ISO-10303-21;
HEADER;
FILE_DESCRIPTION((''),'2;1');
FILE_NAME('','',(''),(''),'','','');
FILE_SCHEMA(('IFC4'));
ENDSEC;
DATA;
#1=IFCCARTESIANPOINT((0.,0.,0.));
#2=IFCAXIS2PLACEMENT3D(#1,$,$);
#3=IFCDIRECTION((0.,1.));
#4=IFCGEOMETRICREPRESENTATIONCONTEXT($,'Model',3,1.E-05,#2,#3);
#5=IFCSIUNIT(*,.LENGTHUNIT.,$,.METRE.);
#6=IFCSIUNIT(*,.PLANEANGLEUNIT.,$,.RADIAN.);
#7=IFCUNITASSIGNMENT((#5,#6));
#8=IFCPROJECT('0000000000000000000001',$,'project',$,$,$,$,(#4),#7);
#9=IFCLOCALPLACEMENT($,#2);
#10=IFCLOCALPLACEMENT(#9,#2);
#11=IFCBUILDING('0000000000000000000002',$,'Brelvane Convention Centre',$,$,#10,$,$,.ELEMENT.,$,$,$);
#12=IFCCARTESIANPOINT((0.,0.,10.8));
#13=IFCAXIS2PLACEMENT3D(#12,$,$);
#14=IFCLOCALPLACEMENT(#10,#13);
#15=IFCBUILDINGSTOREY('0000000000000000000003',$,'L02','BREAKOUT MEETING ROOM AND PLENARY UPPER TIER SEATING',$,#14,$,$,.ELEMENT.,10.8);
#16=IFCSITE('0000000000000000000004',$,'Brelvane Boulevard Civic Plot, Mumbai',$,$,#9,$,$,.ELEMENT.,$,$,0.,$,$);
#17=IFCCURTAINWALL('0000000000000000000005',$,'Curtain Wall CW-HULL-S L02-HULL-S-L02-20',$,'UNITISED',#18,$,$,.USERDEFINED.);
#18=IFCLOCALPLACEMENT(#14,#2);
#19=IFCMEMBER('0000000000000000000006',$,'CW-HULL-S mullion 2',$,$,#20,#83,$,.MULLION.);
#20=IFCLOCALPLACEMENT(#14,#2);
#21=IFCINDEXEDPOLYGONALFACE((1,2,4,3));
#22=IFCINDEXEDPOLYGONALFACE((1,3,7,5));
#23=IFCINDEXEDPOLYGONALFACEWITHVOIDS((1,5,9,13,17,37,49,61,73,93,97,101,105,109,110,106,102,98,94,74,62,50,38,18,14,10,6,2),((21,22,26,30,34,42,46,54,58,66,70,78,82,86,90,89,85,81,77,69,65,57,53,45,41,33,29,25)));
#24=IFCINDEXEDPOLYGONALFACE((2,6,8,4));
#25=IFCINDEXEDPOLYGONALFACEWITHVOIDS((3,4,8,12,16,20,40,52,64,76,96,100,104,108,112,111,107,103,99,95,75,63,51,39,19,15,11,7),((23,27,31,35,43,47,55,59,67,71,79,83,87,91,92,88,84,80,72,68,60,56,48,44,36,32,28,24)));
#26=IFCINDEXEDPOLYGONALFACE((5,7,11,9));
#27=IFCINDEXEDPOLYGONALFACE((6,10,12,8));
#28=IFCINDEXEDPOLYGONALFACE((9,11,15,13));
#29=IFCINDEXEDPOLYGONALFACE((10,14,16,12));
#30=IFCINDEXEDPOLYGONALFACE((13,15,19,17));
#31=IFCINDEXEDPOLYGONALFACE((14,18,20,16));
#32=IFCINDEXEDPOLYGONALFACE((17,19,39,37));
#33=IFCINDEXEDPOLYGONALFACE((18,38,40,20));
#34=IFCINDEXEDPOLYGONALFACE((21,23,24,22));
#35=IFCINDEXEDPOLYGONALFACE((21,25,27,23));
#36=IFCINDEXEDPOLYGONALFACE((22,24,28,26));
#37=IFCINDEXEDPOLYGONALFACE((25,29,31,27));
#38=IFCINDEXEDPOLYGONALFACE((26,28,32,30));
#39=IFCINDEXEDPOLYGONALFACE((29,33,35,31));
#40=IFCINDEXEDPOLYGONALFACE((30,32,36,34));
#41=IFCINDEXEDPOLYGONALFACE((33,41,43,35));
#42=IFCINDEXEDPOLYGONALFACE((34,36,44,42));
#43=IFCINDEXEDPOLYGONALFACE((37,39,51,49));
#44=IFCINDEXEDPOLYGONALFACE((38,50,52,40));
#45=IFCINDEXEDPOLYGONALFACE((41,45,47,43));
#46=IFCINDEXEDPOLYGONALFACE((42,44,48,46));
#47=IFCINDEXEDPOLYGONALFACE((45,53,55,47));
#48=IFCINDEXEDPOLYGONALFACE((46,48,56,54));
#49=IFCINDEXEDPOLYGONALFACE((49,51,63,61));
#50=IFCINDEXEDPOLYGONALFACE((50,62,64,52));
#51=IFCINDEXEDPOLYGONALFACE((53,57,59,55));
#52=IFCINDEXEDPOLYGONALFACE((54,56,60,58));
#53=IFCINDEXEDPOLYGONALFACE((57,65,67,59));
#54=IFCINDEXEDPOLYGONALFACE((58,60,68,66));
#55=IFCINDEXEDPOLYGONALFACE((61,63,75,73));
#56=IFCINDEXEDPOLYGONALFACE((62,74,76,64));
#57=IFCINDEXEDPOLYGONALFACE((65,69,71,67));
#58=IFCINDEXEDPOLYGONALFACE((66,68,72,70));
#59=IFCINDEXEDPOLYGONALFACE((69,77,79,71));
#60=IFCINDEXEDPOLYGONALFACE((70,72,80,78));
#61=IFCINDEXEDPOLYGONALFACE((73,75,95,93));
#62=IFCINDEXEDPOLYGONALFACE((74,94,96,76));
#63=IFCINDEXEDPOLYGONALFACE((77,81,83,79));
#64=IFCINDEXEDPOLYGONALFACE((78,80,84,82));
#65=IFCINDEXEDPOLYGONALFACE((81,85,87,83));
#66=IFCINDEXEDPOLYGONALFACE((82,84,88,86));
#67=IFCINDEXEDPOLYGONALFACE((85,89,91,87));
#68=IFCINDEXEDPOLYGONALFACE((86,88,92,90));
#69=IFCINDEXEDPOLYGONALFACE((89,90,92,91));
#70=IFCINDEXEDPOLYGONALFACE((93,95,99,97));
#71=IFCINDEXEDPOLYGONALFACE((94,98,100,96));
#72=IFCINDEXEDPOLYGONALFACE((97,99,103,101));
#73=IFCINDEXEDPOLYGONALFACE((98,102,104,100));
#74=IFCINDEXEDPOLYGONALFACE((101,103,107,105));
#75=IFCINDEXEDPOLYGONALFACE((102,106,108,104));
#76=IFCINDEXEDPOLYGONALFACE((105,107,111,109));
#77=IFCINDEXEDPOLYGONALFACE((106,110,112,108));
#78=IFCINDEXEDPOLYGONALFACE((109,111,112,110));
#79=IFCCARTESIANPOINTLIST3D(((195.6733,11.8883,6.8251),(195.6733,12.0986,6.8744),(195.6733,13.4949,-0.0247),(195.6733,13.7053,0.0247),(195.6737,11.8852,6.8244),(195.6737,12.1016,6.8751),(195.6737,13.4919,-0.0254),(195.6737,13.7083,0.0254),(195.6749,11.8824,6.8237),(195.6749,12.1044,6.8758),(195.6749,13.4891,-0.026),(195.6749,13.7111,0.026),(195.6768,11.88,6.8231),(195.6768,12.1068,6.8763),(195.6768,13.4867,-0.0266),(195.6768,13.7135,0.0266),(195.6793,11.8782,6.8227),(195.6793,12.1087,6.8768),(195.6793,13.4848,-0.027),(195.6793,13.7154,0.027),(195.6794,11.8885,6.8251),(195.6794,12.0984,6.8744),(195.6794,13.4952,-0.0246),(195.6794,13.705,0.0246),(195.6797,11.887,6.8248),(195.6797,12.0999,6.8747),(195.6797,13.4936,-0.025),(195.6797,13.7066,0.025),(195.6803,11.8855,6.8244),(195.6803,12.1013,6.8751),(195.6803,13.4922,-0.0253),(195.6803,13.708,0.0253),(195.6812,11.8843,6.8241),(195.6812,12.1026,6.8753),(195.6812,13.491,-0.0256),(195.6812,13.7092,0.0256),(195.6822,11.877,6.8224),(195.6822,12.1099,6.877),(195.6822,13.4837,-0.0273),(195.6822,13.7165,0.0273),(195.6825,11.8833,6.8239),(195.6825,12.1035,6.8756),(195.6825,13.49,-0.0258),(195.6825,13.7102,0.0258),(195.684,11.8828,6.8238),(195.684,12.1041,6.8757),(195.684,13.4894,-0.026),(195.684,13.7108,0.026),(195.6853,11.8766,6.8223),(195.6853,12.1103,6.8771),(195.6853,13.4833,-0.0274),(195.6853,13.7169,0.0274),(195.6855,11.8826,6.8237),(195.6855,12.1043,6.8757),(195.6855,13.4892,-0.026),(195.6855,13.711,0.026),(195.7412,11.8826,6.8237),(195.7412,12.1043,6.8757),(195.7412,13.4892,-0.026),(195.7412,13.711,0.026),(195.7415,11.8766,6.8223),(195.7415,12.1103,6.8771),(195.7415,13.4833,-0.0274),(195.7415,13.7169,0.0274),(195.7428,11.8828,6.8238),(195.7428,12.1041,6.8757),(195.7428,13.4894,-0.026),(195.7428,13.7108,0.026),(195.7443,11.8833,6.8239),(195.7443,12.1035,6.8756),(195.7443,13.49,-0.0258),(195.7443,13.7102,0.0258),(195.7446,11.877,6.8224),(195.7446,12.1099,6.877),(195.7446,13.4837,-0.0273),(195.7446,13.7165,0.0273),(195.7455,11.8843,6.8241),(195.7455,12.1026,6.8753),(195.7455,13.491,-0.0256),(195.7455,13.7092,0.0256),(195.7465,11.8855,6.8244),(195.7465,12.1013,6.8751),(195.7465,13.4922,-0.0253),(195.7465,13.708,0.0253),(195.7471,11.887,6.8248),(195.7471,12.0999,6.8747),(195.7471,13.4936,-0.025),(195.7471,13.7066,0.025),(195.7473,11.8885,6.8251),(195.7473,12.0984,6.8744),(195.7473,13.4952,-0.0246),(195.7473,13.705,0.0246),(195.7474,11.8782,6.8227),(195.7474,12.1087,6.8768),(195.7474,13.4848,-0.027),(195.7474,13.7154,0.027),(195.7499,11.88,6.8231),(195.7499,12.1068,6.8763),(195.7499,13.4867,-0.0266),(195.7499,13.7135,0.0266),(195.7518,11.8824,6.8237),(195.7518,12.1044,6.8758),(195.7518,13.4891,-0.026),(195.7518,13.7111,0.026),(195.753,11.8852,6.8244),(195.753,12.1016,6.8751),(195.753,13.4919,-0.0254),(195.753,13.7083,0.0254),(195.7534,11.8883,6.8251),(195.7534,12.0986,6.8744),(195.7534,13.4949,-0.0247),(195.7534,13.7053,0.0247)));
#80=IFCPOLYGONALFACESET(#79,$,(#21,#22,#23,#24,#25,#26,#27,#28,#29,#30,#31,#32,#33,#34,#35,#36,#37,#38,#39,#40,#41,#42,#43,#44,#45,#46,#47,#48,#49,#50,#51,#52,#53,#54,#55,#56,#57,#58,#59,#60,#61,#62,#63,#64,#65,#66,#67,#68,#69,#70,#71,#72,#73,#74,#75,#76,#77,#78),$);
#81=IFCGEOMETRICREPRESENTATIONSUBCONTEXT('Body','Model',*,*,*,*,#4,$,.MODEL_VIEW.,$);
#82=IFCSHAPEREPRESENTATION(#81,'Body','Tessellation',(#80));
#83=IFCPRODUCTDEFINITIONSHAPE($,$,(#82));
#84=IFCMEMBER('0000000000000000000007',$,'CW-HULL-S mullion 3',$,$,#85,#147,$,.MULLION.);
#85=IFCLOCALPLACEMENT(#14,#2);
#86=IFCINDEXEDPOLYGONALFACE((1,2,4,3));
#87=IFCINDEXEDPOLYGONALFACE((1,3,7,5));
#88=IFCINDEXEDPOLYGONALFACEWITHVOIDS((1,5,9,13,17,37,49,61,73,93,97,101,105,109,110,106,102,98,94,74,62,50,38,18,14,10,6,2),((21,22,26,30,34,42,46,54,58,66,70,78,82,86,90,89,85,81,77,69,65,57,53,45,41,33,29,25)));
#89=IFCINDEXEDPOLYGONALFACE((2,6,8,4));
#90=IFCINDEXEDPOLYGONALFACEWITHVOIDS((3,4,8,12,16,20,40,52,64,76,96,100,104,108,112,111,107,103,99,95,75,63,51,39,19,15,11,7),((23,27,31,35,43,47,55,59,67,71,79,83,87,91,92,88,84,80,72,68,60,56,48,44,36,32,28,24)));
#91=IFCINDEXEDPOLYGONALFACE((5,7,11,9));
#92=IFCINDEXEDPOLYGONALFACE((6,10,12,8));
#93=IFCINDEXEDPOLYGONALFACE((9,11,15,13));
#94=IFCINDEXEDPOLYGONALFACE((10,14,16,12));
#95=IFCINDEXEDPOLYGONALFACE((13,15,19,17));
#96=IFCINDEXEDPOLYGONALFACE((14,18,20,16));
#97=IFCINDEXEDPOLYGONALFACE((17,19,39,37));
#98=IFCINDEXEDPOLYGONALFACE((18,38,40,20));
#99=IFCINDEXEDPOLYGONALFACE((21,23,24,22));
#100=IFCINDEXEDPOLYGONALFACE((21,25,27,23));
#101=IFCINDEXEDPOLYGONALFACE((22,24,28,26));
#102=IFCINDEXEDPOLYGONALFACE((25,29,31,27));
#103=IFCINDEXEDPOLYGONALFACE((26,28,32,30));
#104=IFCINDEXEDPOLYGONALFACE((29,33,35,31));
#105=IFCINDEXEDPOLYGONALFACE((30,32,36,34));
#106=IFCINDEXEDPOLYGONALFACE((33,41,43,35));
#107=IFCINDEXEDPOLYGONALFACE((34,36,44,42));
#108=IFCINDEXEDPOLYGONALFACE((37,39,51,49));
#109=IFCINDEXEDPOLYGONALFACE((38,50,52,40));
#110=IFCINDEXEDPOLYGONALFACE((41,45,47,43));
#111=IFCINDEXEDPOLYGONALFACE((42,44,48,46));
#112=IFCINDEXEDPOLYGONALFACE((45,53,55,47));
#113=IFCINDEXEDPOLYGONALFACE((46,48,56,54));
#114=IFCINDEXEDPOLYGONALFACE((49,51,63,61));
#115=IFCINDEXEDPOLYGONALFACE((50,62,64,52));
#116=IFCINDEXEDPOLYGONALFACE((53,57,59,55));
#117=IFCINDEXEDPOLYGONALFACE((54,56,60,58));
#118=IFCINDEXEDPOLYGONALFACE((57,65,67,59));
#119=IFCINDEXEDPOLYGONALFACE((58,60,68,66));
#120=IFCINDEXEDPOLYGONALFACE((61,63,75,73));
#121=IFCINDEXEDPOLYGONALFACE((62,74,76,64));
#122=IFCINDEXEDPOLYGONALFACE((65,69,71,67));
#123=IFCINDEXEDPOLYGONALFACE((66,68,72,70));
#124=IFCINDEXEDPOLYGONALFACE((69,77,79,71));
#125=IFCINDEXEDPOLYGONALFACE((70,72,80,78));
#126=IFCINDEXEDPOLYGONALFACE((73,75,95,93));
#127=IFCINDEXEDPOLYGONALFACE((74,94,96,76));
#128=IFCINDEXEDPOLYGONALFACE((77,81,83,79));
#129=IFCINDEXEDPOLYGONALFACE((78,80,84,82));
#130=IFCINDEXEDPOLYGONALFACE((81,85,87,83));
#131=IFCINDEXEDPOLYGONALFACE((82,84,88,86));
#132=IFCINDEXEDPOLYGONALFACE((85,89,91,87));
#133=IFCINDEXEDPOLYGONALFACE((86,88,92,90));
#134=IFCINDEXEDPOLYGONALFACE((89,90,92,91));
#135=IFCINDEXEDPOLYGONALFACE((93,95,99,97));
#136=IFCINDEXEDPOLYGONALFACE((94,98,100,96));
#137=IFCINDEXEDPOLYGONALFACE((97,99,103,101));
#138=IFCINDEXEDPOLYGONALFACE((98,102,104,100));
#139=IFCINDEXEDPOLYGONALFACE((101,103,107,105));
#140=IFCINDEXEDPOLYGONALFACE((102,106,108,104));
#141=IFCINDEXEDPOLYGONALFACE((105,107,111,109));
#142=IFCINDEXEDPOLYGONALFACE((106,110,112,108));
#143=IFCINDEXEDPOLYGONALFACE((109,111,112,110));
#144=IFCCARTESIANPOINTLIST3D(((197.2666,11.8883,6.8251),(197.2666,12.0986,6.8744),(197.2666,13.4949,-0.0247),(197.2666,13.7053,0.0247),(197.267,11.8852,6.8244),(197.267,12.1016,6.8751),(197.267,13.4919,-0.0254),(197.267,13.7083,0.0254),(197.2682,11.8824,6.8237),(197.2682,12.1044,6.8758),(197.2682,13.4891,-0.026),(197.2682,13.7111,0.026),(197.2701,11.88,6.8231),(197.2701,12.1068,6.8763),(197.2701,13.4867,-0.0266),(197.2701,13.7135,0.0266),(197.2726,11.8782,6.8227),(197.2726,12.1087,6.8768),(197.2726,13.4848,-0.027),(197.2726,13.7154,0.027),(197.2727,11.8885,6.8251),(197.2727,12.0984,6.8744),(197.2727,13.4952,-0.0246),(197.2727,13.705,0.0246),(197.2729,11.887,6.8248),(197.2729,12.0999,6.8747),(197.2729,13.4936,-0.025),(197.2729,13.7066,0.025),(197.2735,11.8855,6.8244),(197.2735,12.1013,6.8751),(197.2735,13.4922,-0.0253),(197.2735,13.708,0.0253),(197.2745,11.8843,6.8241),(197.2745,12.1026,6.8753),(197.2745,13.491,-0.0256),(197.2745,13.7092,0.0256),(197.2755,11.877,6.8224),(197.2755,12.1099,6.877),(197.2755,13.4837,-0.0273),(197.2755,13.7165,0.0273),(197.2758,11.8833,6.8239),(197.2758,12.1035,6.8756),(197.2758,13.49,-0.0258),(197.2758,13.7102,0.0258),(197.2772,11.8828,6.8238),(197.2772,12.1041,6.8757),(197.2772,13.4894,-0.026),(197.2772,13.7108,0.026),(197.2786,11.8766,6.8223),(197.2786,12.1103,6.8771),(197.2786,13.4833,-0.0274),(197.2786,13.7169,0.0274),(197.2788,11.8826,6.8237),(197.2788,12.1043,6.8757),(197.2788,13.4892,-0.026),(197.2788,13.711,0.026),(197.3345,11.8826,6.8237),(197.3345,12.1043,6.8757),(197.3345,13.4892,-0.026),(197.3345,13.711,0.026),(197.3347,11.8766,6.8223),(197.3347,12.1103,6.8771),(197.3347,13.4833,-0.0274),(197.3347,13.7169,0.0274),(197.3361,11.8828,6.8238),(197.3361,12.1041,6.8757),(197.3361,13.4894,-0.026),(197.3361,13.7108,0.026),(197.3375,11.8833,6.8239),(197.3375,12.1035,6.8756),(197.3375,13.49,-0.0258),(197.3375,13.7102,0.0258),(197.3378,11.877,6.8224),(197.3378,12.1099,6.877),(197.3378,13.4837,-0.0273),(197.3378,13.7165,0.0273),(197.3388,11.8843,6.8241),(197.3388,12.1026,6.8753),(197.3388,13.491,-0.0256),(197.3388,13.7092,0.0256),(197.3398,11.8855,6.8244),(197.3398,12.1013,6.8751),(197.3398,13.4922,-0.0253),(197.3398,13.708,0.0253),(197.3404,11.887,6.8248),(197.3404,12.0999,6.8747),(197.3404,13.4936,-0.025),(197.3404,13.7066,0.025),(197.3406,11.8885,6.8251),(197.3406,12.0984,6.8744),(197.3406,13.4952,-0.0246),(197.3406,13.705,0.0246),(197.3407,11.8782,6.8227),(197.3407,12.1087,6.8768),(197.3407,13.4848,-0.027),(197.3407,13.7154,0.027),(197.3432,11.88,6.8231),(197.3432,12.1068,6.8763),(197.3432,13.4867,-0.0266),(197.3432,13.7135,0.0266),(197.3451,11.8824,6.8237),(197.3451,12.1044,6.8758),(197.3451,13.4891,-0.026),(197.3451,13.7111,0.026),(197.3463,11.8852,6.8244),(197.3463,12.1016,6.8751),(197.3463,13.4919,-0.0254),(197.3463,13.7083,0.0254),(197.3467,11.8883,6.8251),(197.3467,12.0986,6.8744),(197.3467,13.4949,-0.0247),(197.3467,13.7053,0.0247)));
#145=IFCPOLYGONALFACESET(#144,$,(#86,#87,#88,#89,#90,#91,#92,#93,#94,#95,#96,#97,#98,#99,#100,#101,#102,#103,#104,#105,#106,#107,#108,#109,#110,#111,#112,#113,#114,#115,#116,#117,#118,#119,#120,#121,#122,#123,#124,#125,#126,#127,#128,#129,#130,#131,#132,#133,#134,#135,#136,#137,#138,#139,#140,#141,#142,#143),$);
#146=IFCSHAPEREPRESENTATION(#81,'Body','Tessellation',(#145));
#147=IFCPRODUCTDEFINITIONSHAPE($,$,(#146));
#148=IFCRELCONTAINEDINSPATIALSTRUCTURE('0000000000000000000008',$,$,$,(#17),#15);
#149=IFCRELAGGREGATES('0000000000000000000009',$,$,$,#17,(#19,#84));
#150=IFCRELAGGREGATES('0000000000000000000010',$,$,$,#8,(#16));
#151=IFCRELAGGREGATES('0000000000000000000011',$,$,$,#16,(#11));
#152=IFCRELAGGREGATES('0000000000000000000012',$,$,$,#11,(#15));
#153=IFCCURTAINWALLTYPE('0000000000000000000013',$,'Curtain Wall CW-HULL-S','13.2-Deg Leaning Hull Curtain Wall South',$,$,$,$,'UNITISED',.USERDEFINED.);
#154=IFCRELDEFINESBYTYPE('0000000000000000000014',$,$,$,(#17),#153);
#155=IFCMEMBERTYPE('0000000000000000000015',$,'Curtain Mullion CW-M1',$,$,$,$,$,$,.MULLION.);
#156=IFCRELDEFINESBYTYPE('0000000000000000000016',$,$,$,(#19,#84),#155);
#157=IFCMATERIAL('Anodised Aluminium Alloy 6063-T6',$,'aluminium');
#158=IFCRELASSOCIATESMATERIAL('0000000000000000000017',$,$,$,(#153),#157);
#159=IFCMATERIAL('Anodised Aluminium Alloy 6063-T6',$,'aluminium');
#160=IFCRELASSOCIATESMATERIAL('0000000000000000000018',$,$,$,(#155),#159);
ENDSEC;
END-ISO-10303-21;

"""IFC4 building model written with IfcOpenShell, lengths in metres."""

from ifc_helpers import new_model, si_unit, direction, frame, origin, origin_2d, place, context, subcontext, project, spatial, hollow_rectangle, extrude, material, material_profile, profile_set, type_object, element, aggregate, save


model = new_model("IFC4")

# Units and contexts
model_context = context("Model", 3, precision=1e-05, world=origin(), true_north=direction((0.0, 1.0)))
body_context = subcontext(model_context, "Body", "Model", "MODEL_VIEW")
ifc_project = project(units=[si_unit("LENGTHUNIT", "METRE"), si_unit("PLANEANGLEUNIT", "RADIAN")], contexts=[model_context])

# Site, building, storey
site_placement = place(None, origin())
site = spatial("IfcSite", under=ifc_project, at=site_placement, Name="Brelvane Boulevard Civic Plot, Mumbai", CompositionType="ELEMENT", RefElevation=0.0)
building_placement = place(site_placement, origin())
building = spatial("IfcBuilding", under=site, at=building_placement, Name="Brelvane Convention Centre", CompositionType="ELEMENT")
storey_placement = place(building_placement, frame((0.0, 0.0, 10.8)))
storey = spatial("IfcBuildingStorey", under=building, at=storey_placement, Name="L02", Description="BREAKOUT MEETING ROOM AND PLENARY UPPER TIER SEATING", CompositionType="ELEMENT", Elevation=10.8)

# Curtain wall, members
ifc_material_1 = material(Name="Anodised Aluminium Alloy 6063-T6", Category="aluminium")
curtain_wall_type = type_object("IfcCurtainWallType", Name="Curtain Wall CW-HULL-S", Description="13.2-Deg Leaning Hull Curtain Wall South", ElementType="UNITISED", PredefinedType="USERDEFINED", material=ifc_material_1)
ifc_material_2 = material(Name="Anodised Aluminium Alloy 6063-T6", Category="aluminium")
ifc_material_profile_1 = material_profile(ifc_material_2, hollow_rectangle(XDim=0.0801, YDim=0.24, WallThickness=0.0061, InnerFilletRadius=0.0061, OuterFilletRadius=0.012, at=origin_2d()), Name="ALU-M 240x80x6.0")
ifc_profile_set_1 = profile_set([ifc_material_profile_1], Name="Anodised Aluminium Alloy 6063-T6")
member_type_1 = type_object("IfcMemberType", Name="Curtain Mullion CW-M1", PredefinedType="MULLION", material=ifc_profile_set_1)
curtain_wall_1_placement = place(storey_placement, origin())
curtain_wall_1 = element("IfcCurtainWall", 1, at=curtain_wall_1_placement, inside=storey, type_object=curtain_wall_type, Name="Curtain Wall CW-HULL-S L02-HULL-S-L02-20", ObjectType="UNITISED", PredefinedType="USERDEFINED")
member_1_placement = place(storey_placement, frame((195.7134, 13.6001, 0.0), z_axis=(0.0, -0.22836, 0.973577), x_axis=(1.0, 0.0, 0.0)))
member_1 = element("IfcMember", 2, at=member_1_placement, type_object=member_type_1, Name="CW-HULL-S mullion 2", PredefinedType="MULLION", context=body_context, shape_type="SweptSolid", body=[
    extrude(hollow_rectangle(XDim=0.0801, YDim=0.24, WallThickness=0.0061, InnerFilletRadius=0.0061, OuterFilletRadius=0.012, at=origin_2d()), origin(), (0.0, 0.0, 1.0), 7.0356),
])
member_2_placement = place(storey_placement, frame((197.3066, 13.6001, 0.0), z_axis=(0.0, -0.22836, 0.973577), x_axis=(1.0, 0.0, 0.0)))
member_2 = element("IfcMember", 3, at=member_2_placement, type_object=member_type_1, Name="CW-HULL-S mullion 3", PredefinedType="MULLION", context=body_context, shape_type="SweptSolid", body=[
    extrude(hollow_rectangle(XDim=0.0801, YDim=0.24, WallThickness=0.0061, InnerFilletRadius=0.0061, OuterFilletRadius=0.012, at=origin_2d()), origin(), (0.0, 0.0, 1.0), 7.0356),
])

aggregate(curtain_wall_1, [member_1, member_2])

save(model, "model.ifc")
